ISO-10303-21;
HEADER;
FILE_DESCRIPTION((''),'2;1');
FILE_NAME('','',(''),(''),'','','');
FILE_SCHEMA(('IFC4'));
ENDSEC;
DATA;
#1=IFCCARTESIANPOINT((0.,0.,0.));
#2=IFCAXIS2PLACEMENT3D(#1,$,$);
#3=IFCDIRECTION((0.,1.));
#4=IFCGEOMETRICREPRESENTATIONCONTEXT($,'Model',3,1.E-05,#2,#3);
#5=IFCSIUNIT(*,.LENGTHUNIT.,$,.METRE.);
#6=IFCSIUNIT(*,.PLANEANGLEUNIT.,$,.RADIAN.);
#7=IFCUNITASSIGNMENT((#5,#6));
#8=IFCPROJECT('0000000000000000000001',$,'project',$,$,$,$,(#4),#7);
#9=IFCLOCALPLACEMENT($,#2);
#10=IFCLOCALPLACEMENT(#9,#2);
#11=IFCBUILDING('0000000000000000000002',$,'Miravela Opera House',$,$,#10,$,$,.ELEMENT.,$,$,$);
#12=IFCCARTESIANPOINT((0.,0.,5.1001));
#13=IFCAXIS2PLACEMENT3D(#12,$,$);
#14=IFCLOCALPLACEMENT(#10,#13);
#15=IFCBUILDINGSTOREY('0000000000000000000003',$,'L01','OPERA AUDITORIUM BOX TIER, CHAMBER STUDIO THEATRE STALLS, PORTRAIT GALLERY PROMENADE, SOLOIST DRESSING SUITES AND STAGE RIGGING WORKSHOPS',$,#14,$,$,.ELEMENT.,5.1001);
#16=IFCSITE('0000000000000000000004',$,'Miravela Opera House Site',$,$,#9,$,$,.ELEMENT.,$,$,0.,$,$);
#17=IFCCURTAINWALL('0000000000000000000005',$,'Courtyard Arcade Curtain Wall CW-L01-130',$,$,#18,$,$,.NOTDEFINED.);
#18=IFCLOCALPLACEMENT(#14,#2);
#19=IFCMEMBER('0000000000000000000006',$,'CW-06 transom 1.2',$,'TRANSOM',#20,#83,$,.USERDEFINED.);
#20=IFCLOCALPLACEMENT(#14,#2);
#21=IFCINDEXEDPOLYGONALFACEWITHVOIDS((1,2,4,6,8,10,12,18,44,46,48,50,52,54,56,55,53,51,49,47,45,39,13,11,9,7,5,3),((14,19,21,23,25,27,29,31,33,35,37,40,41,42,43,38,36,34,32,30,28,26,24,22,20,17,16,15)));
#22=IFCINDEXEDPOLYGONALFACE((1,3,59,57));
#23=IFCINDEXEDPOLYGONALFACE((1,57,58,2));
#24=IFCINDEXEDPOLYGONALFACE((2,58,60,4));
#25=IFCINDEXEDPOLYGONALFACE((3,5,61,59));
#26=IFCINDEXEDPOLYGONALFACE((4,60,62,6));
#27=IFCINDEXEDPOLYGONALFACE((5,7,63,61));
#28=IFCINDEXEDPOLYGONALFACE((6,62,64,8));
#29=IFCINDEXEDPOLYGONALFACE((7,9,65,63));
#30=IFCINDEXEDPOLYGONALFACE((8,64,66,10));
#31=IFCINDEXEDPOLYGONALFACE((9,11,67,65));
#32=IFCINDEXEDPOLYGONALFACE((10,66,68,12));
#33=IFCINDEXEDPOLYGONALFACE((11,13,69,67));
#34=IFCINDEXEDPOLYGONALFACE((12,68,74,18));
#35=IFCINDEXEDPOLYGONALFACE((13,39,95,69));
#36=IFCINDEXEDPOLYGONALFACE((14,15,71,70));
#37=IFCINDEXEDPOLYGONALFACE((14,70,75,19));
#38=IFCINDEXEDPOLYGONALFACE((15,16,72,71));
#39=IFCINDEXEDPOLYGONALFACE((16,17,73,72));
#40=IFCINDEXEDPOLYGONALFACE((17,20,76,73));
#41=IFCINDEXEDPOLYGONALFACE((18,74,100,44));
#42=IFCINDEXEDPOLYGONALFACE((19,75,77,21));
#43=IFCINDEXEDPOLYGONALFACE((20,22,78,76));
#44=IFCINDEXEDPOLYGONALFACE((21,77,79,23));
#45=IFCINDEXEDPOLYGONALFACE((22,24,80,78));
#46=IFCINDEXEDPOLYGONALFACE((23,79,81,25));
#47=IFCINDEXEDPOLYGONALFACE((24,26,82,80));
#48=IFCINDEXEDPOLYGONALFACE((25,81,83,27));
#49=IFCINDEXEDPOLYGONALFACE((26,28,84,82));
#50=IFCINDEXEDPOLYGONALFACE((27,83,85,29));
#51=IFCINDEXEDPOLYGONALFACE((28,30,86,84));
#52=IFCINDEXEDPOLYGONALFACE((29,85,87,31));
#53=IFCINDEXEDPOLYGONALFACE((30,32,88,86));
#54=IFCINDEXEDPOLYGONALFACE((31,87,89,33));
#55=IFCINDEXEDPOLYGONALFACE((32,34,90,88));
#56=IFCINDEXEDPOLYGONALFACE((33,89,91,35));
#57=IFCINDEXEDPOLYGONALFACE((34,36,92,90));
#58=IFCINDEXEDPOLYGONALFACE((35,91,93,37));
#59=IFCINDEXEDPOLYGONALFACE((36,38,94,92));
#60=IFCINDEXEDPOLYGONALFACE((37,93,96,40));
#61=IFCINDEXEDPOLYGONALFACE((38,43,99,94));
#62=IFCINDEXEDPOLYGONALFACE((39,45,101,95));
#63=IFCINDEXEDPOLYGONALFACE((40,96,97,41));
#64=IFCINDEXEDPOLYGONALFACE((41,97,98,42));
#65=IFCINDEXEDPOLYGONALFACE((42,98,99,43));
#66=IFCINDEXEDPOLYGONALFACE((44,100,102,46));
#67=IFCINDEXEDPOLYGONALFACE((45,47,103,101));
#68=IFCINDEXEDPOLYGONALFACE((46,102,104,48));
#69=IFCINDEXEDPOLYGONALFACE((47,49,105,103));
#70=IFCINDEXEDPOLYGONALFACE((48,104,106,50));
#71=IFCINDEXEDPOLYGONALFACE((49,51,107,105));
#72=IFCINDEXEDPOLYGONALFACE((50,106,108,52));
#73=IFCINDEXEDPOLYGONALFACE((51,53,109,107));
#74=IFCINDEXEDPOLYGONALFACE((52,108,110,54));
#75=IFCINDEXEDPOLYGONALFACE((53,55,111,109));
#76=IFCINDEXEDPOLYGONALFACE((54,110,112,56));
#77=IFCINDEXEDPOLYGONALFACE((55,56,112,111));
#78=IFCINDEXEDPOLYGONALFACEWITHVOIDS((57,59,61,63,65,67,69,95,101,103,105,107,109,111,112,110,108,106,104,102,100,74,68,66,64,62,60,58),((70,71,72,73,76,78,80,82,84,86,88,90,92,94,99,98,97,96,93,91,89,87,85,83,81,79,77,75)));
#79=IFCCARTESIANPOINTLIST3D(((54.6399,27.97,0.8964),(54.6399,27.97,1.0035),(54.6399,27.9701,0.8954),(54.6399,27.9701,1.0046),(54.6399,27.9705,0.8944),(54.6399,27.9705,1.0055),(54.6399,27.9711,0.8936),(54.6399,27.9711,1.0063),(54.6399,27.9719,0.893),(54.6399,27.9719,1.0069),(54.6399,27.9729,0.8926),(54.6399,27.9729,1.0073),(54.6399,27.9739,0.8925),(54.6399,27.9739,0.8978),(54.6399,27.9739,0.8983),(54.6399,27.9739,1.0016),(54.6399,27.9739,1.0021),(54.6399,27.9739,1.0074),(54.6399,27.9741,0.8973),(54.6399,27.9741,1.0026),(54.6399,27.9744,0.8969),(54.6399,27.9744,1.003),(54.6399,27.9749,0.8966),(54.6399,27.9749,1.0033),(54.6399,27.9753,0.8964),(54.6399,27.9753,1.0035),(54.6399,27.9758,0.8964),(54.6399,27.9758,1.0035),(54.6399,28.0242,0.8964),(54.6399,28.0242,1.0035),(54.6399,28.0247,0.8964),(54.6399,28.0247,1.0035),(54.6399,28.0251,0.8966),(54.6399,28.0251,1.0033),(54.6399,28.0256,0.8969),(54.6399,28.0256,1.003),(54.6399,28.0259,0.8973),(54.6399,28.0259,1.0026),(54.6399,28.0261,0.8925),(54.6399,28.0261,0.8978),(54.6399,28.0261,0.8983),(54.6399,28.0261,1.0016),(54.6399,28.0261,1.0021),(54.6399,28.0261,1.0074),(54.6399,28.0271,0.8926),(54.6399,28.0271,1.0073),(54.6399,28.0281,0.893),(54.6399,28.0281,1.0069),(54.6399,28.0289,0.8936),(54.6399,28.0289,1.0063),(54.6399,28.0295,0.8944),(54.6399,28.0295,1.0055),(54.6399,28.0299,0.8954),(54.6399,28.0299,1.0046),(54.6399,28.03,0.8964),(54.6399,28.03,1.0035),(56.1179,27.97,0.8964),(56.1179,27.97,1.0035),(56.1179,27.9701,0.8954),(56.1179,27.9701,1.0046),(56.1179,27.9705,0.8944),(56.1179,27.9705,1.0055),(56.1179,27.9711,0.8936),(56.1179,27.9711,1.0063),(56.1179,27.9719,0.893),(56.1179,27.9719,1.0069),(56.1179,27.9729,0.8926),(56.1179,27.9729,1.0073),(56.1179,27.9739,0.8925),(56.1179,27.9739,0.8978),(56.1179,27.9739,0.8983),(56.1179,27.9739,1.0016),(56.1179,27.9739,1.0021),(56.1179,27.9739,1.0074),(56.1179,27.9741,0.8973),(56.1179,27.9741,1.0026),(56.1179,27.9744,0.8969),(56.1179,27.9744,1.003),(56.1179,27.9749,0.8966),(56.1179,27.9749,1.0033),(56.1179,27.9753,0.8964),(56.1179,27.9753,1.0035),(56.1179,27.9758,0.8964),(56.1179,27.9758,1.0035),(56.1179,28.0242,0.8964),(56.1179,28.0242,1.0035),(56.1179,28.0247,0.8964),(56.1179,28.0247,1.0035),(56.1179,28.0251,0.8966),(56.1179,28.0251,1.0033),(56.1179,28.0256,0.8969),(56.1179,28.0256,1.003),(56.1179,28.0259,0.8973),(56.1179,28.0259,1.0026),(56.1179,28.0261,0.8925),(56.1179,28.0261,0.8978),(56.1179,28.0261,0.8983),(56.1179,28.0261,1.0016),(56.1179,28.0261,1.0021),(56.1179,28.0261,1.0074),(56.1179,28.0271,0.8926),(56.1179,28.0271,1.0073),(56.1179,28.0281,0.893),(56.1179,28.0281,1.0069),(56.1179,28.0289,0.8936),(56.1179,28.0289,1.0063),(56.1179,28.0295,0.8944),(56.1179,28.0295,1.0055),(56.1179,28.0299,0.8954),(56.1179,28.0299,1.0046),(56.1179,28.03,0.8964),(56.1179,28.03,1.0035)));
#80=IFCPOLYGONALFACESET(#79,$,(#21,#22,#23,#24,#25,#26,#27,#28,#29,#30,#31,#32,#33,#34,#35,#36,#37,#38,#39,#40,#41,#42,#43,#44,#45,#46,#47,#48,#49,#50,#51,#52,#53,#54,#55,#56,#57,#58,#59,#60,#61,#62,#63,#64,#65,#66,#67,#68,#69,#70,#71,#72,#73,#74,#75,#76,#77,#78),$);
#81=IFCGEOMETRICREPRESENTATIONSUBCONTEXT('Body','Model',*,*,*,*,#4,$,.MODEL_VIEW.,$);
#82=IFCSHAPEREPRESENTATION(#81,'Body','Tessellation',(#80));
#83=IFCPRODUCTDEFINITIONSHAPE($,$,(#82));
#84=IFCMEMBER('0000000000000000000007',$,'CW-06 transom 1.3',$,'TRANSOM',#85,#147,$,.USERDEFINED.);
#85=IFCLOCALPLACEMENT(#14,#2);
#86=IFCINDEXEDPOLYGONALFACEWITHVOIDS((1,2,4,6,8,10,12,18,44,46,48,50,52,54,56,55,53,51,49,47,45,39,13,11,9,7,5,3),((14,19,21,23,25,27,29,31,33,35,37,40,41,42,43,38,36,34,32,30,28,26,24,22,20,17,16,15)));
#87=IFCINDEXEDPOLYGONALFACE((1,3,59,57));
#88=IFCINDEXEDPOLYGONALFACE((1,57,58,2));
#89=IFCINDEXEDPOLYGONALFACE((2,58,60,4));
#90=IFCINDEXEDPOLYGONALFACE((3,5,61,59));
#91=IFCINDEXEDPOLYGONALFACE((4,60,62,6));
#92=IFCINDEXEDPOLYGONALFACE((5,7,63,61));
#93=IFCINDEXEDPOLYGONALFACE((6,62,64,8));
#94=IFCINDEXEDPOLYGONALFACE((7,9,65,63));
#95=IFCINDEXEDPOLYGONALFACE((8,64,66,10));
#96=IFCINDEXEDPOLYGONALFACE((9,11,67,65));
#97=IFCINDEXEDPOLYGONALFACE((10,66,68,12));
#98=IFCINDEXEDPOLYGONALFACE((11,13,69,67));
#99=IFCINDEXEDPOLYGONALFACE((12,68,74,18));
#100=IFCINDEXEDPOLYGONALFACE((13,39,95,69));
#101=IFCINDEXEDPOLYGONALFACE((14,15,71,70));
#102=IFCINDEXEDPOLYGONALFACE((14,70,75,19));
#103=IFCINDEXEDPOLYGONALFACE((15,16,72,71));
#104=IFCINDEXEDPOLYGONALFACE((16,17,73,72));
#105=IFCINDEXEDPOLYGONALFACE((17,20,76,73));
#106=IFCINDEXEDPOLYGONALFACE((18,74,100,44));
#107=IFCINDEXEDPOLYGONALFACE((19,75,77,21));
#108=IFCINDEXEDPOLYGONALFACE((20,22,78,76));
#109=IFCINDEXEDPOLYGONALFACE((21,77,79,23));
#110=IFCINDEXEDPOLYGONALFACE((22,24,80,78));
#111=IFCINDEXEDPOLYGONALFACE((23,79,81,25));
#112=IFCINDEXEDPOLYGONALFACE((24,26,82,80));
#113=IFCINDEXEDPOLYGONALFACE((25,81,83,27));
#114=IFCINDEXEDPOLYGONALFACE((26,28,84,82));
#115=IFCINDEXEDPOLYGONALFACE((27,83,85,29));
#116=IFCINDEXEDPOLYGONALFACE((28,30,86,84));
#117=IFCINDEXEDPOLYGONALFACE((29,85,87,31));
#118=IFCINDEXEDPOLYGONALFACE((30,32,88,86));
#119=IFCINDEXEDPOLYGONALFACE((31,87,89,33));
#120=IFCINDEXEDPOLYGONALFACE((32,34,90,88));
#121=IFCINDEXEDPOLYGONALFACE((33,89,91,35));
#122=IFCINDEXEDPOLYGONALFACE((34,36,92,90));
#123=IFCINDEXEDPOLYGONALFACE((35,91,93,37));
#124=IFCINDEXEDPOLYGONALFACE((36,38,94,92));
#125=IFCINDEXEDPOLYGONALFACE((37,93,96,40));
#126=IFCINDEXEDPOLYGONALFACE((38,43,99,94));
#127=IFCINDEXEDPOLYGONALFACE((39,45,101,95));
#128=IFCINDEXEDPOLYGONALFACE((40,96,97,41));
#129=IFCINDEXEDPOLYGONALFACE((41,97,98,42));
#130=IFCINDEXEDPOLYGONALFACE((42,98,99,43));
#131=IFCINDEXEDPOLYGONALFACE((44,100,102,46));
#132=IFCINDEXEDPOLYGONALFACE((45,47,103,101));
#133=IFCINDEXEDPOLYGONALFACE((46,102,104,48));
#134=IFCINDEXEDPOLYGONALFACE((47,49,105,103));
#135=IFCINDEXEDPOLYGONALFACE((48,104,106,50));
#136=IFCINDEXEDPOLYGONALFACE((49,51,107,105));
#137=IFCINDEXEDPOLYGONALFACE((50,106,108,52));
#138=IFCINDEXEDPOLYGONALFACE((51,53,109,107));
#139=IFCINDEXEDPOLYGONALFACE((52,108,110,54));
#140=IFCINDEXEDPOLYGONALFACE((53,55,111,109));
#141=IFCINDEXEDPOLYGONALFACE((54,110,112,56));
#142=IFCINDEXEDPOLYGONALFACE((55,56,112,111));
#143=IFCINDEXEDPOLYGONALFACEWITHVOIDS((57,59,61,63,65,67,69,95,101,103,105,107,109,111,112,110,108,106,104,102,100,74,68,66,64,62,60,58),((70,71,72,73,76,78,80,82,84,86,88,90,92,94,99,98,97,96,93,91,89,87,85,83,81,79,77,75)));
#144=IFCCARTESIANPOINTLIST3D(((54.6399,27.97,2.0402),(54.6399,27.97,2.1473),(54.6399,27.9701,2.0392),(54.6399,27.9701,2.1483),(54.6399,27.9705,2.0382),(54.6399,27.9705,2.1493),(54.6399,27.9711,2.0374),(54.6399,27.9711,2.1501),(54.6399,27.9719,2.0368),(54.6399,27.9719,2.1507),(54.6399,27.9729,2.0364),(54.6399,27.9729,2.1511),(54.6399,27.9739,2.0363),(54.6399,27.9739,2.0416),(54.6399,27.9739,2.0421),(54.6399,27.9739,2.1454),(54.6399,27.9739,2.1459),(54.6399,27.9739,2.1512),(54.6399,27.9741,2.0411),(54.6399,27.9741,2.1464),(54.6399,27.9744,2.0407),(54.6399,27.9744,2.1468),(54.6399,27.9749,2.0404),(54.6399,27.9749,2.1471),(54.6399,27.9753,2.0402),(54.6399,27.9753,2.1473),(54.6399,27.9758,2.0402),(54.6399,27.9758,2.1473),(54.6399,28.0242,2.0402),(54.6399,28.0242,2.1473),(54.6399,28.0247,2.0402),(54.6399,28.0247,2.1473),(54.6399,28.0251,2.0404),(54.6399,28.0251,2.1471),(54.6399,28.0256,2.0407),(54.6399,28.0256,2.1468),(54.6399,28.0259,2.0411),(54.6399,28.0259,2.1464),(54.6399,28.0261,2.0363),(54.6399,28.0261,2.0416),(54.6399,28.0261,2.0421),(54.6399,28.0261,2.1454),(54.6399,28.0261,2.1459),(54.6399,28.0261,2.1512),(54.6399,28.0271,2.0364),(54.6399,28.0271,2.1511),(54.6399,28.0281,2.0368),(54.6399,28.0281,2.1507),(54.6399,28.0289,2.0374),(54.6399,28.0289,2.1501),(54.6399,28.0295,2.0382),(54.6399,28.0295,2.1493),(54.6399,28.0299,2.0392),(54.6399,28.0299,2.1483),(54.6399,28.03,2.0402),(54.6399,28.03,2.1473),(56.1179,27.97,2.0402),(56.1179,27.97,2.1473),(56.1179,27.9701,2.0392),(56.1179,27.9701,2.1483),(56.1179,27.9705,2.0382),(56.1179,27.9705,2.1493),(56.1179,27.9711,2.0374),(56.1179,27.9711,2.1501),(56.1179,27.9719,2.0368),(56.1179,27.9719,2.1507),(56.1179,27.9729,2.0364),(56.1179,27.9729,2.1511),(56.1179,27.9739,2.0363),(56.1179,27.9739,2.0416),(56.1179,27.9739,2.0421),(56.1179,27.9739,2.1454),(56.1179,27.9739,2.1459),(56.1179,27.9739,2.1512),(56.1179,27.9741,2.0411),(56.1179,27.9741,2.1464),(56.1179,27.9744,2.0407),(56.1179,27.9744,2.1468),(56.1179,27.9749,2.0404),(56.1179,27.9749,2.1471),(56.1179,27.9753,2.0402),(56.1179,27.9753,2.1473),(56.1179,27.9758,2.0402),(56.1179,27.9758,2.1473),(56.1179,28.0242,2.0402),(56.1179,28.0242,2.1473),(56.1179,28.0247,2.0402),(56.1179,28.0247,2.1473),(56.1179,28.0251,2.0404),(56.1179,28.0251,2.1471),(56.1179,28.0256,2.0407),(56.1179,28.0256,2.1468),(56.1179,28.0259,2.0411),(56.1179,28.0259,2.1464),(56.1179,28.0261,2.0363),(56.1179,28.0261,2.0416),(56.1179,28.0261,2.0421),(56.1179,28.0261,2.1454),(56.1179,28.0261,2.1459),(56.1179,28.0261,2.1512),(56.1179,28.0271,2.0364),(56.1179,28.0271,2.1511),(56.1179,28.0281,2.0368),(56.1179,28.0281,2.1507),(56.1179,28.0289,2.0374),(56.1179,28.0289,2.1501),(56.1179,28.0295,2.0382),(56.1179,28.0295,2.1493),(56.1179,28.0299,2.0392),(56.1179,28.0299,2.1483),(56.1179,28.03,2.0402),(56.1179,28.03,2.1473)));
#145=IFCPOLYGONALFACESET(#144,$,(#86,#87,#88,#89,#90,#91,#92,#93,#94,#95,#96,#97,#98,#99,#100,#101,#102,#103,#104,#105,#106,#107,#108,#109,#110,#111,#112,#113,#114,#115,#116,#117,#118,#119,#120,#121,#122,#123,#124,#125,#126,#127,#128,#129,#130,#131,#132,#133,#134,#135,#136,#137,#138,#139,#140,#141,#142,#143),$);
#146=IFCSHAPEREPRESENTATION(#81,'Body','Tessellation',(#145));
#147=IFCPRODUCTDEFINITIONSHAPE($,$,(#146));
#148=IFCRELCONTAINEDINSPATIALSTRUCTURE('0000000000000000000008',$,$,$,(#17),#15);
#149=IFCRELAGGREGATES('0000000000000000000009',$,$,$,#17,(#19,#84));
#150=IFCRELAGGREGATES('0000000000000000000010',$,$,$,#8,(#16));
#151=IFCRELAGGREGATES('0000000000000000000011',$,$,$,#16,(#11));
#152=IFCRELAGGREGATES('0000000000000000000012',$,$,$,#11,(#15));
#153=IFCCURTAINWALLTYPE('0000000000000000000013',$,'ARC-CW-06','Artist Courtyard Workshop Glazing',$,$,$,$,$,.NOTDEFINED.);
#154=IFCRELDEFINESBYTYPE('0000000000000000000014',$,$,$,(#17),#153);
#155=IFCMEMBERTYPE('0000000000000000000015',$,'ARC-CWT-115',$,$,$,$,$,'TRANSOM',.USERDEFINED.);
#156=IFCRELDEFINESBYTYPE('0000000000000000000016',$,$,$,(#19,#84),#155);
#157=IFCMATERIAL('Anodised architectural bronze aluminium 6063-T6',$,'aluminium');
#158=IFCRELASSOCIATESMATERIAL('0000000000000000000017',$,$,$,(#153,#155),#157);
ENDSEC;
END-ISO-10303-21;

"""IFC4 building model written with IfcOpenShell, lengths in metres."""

from ifc_helpers import new_model, si_unit, direction, frame, origin, origin_2d, place, context, subcontext, project, spatial, hollow_rectangle, extrude, material, material_profile, profile_set, type_object, element, aggregate, save


model = new_model("IFC4")

# Units and contexts
model_context = context("Model", 3, precision=1e-05, world=origin(), true_north=direction((0.0, 1.0)))
body_context = subcontext(model_context, "Body", "Model", "MODEL_VIEW")
ifc_project = project(units=[si_unit("LENGTHUNIT", "METRE"), si_unit("PLANEANGLEUNIT", "RADIAN")], contexts=[model_context])

# Site, building, storey
site_placement = place(None, origin())
site = spatial("IfcSite", under=ifc_project, at=site_placement, Name="Miravela Opera House Site", CompositionType="ELEMENT", RefElevation=0.0)
building_placement = place(site_placement, origin())
building = spatial("IfcBuilding", under=site, at=building_placement, Name="Miravela Opera House", CompositionType="ELEMENT")
storey_placement = place(building_placement, frame((0.0, 0.0, 5.1001)))
storey = spatial("IfcBuildingStorey", under=building, at=storey_placement, Name="L01", Description="OPERA AUDITORIUM BOX TIER, CHAMBER STUDIO THEATRE STALLS, PORTRAIT GALLERY PROMENADE, SOLOIST DRESSING SUITES AND STAGE RIGGING WORKSHOPS", CompositionType="ELEMENT", Elevation=5.1001)

# Shared definitions
ifc_material_1 = material(Name="Anodised architectural bronze aluminium 6063-T6", Category="aluminium")
curtain_wall_type = type_object("IfcCurtainWallType", Name="ARC-CW-06", Description="Artist Courtyard Workshop Glazing", PredefinedType="NOTDEFINED", material=ifc_material_1)

# Curtain wall
curtain_wall_1_placement = place(storey_placement, origin())
curtain_wall_1 = element("IfcCurtainWall", 1, at=curtain_wall_1_placement, inside=storey, type_object=curtain_wall_type, Name="Courtyard Arcade Curtain Wall CW-L01-130", PredefinedType="NOTDEFINED")

# Members
ifc_material_profile_1 = material_profile(ifc_material_1, hollow_rectangle(XDim=0.0601, YDim=0.115, WallThickness=0.0039, InnerFilletRadius=0.002, OuterFilletRadius=0.0039, at=origin_2d()), Name="CWT-60X115")
ifc_profile_set_1 = profile_set([ifc_material_profile_1])
member_type_1 = type_object("IfcMemberType", Name="ARC-CWT-115", ElementType="TRANSOM", PredefinedType="USERDEFINED", material=ifc_profile_set_1)
member_1_placement = place(storey_placement, frame((54.6399, 28.0, 0.95), z_axis=(1.0, 0.0, 0.0), x_axis=(0.0, 1.0, 0.0)))
member_1 = element("IfcMember", 2, at=member_1_placement, type_object=member_type_1, Name="CW-06 transom 1.2", ObjectType="TRANSOM", PredefinedType="USERDEFINED", context=body_context, shape_type="SweptSolid", body=[
    extrude(hollow_rectangle(XDim=0.0601, YDim=0.115, WallThickness=0.0039, InnerFilletRadius=0.002, OuterFilletRadius=0.0039, at=origin_2d()), origin(), (0.0, 0.0, 1.0), 1.478),
])
member_2_placement = place(storey_placement, frame((54.6399, 28.0, 2.0938), z_axis=(1.0, 0.0, 0.0), x_axis=(0.0, 1.0, 0.0)))
member_2 = element("IfcMember", 3, at=member_2_placement, type_object=member_type_1, Name="CW-06 transom 1.3", ObjectType="TRANSOM", PredefinedType="USERDEFINED", context=body_context, shape_type="SweptSolid", body=[
    extrude(hollow_rectangle(XDim=0.0601, YDim=0.115, WallThickness=0.0039, InnerFilletRadius=0.002, OuterFilletRadius=0.0039, at=origin_2d()), origin(), (0.0, 0.0, 1.0), 1.478),
])

aggregate(curtain_wall_1, [member_1, member_2])

save(model, "model.ifc")
